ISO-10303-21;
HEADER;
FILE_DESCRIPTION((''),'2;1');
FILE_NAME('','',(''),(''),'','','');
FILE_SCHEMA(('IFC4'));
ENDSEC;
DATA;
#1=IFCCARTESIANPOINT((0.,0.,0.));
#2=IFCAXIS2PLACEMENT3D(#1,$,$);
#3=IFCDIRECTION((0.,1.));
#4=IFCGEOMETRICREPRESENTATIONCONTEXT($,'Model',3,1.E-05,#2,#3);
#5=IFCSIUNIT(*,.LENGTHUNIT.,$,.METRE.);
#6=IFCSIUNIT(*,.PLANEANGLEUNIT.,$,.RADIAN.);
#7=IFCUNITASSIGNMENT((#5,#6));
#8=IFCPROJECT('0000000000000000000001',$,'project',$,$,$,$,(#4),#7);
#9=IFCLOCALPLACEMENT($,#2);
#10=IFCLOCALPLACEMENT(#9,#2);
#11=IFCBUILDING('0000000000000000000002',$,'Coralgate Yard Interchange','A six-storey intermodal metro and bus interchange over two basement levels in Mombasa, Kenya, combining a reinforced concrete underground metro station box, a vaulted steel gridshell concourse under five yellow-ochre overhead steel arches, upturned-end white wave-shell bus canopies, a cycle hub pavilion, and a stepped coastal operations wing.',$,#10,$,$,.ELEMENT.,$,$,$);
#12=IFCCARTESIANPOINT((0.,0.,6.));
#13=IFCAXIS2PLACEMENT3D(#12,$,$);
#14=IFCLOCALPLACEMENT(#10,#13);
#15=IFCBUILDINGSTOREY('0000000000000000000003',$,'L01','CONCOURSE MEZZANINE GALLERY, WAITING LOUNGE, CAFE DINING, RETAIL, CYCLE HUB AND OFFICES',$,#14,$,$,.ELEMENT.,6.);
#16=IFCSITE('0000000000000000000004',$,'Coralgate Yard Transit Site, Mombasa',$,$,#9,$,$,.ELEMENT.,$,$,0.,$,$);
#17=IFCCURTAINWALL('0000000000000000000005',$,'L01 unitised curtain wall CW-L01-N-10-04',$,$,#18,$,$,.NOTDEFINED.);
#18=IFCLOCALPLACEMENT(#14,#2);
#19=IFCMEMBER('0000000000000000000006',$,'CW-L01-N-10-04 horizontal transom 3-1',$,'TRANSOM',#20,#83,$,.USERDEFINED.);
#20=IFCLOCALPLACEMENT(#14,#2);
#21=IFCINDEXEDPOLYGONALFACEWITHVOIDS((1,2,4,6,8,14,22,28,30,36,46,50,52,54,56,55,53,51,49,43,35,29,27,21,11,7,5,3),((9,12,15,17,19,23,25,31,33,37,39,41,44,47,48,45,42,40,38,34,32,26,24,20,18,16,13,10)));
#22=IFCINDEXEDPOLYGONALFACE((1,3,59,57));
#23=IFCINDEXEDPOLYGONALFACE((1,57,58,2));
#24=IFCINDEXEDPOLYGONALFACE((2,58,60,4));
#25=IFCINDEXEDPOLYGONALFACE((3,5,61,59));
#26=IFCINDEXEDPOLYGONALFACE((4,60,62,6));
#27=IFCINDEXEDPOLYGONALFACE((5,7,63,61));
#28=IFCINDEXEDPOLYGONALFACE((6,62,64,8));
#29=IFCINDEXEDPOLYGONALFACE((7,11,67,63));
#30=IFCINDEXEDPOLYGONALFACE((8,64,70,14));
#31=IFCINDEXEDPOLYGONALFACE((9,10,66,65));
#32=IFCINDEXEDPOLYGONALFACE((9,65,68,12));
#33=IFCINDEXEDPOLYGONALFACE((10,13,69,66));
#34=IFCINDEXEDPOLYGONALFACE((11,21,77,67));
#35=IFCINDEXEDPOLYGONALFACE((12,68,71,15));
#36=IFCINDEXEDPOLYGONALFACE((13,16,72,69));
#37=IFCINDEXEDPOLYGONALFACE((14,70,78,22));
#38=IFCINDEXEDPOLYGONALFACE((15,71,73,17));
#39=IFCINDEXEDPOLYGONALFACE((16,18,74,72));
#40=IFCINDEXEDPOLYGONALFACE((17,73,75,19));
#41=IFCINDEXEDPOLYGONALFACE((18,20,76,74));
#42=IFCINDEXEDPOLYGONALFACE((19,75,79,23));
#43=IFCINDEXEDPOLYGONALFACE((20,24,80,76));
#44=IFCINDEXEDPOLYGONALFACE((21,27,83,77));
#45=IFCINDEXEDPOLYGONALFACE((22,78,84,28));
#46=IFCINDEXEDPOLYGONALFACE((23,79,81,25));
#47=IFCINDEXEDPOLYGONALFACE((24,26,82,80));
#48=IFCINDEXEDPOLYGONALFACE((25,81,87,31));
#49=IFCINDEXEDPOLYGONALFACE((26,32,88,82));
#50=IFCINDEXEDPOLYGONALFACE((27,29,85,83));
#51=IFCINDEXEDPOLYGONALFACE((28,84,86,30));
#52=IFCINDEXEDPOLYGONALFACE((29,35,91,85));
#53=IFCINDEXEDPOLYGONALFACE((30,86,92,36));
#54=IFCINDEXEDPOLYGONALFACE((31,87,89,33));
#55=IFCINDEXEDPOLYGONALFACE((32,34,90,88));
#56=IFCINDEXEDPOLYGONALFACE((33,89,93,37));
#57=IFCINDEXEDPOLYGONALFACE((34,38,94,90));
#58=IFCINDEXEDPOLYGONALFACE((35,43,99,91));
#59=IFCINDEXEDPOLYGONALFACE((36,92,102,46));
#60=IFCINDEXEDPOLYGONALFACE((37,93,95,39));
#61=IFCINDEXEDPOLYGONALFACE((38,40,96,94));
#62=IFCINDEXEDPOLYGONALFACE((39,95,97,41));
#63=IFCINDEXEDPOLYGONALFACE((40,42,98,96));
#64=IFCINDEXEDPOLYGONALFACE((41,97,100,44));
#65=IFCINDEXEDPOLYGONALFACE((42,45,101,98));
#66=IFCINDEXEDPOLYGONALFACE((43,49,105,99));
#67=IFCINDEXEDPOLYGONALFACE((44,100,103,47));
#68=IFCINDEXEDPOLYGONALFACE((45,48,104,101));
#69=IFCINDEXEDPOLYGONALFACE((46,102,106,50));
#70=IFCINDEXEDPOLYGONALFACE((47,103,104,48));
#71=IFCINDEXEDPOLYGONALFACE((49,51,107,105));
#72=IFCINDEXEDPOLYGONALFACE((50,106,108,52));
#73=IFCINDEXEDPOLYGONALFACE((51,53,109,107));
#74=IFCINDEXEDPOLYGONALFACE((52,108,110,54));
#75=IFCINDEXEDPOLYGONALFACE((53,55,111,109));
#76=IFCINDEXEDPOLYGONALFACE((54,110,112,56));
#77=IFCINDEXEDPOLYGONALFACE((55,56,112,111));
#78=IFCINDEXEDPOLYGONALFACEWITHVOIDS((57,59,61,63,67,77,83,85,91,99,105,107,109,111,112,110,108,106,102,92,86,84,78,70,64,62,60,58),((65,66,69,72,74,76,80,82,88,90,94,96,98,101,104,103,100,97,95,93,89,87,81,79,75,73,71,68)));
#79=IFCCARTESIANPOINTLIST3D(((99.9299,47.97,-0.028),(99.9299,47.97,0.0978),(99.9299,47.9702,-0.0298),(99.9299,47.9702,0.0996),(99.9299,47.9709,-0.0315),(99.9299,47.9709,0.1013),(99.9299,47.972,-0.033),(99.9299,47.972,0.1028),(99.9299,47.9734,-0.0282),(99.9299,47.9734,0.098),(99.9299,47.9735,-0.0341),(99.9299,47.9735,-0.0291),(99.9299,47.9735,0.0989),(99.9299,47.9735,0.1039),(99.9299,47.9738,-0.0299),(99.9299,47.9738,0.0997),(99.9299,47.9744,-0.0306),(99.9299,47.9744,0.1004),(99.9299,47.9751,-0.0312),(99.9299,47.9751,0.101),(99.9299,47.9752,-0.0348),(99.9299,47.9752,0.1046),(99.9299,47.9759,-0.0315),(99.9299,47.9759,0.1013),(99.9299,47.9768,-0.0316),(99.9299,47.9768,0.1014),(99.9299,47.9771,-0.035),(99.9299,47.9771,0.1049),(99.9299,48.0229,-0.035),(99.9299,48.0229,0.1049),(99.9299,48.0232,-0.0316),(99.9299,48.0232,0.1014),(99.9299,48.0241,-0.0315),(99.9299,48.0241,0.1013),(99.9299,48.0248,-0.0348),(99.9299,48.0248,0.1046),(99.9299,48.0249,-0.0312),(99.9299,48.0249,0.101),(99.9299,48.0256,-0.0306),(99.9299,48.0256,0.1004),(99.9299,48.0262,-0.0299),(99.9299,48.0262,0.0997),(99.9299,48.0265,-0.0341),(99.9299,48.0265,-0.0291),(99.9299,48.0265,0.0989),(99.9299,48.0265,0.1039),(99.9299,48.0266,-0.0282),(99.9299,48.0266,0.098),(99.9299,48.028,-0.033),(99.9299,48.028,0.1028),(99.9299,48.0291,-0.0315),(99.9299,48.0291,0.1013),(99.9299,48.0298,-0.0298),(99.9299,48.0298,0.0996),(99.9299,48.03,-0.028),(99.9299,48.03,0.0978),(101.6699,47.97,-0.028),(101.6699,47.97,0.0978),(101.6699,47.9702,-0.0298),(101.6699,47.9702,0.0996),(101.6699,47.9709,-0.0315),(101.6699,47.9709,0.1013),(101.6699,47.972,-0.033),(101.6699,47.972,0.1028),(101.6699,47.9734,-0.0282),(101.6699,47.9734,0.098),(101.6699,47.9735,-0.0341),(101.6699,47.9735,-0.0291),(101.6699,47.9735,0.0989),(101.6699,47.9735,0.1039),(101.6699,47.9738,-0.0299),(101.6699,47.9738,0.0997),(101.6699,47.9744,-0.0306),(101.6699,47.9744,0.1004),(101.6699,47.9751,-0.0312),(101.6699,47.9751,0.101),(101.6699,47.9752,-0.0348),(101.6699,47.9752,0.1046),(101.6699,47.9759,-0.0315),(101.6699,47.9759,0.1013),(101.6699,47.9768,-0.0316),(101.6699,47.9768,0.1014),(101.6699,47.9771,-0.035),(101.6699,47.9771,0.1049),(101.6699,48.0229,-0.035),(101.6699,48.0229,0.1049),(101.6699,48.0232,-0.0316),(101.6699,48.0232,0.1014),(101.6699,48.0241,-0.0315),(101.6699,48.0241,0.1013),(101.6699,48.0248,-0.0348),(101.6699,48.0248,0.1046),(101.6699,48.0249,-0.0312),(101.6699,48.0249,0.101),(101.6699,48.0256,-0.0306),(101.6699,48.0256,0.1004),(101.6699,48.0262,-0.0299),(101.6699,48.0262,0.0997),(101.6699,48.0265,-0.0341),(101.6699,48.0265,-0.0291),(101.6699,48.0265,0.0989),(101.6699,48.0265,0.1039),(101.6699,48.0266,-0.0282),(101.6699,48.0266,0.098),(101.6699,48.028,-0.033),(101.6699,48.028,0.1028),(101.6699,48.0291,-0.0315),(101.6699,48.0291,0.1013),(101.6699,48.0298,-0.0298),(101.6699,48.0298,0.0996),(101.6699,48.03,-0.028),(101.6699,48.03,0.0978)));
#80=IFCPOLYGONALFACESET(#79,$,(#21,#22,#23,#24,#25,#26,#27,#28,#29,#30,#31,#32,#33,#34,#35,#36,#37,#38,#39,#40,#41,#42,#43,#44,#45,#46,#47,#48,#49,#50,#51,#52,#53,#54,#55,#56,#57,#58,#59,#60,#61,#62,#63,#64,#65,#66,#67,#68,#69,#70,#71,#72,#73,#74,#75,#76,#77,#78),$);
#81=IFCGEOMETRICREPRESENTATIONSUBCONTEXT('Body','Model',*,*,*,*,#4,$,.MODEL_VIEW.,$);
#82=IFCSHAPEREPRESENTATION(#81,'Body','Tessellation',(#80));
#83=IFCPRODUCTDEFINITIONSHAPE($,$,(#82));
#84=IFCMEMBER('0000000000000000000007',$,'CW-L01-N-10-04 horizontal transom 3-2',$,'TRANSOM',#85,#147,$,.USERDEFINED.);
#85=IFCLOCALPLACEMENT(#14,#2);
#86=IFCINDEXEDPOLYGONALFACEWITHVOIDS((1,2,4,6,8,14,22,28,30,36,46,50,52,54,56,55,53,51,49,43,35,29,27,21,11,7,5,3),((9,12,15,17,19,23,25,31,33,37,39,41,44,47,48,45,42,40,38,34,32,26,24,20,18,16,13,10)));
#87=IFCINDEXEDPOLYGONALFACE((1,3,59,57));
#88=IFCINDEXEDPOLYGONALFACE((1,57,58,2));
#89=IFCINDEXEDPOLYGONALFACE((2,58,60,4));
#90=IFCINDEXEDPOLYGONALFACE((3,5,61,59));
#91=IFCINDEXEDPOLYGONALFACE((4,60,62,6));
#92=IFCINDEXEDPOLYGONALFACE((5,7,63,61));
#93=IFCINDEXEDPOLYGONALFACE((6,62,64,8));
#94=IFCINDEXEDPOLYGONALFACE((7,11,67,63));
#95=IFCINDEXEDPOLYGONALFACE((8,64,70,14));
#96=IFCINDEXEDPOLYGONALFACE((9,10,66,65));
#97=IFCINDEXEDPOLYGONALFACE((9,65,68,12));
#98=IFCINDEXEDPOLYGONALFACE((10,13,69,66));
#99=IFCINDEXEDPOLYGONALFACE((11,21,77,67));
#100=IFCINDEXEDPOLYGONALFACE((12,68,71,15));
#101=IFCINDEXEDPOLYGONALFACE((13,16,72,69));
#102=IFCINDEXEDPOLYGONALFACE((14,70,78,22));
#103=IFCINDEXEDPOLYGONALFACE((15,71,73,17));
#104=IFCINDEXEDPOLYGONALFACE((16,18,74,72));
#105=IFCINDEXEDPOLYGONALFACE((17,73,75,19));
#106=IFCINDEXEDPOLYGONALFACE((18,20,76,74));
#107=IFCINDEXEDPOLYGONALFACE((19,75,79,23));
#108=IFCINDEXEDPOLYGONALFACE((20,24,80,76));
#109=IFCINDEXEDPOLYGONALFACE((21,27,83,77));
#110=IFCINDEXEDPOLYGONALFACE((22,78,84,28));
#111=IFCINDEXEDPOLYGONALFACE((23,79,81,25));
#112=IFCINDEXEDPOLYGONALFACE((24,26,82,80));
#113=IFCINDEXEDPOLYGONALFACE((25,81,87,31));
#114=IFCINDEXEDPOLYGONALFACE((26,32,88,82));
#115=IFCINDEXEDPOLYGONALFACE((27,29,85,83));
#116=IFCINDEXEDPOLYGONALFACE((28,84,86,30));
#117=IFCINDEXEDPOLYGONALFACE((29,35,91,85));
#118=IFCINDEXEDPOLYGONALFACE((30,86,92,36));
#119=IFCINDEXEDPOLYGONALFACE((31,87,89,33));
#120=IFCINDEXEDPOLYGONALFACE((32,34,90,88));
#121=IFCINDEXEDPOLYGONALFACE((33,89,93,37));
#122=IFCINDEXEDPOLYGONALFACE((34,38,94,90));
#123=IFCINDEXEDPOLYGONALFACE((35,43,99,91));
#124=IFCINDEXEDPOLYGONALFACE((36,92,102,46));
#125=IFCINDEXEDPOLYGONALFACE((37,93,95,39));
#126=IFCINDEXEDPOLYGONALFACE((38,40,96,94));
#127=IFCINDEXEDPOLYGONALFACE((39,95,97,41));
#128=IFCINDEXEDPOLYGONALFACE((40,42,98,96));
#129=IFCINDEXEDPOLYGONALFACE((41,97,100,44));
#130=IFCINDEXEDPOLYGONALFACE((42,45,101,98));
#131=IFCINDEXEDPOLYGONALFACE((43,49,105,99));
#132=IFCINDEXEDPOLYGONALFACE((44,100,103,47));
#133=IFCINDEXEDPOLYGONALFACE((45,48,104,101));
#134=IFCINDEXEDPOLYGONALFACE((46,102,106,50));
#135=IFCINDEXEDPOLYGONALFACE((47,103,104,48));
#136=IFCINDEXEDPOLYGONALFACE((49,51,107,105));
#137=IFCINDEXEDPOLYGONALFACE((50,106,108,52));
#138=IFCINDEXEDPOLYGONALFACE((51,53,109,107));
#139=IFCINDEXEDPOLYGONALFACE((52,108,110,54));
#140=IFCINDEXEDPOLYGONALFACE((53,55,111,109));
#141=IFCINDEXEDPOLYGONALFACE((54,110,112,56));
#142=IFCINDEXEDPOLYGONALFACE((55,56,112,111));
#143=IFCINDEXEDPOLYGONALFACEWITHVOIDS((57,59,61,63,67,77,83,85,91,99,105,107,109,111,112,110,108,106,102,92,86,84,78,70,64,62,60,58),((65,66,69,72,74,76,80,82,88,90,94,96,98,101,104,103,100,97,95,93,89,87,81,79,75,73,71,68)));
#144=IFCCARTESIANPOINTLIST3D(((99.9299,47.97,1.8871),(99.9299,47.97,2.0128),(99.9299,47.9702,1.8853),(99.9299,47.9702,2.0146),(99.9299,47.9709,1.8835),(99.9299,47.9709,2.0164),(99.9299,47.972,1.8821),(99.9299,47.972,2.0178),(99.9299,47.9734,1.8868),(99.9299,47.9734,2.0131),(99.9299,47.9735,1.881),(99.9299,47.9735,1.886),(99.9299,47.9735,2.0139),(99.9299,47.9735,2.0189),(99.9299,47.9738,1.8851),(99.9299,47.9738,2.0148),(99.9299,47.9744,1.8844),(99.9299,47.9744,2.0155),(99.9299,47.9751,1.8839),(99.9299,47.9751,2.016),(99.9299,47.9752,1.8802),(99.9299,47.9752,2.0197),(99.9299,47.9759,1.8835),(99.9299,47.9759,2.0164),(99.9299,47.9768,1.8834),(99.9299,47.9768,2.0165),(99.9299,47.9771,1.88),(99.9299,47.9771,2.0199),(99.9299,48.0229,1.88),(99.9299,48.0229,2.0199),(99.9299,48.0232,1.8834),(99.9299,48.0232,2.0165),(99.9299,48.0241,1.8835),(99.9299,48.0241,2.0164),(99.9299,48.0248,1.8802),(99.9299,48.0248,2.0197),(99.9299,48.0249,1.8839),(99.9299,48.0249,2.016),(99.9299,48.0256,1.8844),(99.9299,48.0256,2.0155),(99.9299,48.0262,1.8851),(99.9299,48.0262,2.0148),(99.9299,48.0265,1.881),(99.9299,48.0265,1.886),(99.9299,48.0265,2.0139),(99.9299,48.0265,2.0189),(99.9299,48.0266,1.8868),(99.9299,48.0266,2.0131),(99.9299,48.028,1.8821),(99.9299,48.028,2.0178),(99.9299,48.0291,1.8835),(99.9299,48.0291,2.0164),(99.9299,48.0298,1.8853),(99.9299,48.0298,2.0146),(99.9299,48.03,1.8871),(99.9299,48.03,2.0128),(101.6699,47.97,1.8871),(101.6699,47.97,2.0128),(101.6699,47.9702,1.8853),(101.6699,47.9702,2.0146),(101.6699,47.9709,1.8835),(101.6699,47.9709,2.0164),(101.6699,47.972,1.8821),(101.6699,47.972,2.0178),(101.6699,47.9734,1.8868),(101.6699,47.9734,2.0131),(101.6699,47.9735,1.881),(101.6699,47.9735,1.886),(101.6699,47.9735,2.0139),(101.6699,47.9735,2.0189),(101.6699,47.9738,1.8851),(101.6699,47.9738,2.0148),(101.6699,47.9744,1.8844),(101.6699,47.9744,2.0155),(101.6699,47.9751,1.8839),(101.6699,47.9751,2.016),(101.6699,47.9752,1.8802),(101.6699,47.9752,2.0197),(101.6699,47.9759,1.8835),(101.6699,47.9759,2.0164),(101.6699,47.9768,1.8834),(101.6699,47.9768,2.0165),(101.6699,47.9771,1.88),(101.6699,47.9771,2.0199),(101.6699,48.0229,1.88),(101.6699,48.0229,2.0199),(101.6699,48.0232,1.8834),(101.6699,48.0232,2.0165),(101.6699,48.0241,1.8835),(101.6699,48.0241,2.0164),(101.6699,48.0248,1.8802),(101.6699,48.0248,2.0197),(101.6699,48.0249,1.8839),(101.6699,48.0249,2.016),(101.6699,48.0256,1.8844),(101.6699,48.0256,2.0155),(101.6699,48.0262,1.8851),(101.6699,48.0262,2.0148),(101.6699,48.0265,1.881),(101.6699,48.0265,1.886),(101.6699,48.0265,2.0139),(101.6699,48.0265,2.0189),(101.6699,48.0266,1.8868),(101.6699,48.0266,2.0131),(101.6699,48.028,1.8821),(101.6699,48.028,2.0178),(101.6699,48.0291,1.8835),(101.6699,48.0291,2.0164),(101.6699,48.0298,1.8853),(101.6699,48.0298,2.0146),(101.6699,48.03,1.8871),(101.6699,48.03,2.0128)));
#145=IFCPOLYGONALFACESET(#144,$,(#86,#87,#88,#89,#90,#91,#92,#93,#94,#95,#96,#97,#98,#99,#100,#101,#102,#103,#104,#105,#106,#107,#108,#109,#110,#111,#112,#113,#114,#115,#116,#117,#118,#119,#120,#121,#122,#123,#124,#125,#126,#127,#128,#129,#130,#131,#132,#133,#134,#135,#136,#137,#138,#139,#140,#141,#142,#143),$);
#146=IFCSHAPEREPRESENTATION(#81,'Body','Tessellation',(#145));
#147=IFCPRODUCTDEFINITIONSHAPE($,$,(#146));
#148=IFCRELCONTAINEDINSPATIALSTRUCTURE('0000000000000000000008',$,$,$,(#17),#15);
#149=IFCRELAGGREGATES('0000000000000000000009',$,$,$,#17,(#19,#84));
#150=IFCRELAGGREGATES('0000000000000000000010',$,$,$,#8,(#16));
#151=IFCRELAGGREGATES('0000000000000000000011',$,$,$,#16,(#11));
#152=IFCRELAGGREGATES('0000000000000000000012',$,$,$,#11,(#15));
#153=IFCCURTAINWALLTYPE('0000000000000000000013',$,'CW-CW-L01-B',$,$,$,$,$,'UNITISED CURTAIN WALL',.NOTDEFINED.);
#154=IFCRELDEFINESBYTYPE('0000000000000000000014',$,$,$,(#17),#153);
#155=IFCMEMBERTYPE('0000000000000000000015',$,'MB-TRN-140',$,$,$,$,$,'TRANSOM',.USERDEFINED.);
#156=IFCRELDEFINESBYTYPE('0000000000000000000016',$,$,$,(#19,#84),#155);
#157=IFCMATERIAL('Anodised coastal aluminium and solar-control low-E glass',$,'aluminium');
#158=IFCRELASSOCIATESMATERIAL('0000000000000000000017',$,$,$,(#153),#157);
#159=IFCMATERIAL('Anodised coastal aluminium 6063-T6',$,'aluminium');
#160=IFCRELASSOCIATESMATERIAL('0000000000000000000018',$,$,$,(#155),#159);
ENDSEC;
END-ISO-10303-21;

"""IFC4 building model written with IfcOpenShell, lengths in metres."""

from ifc_helpers import new_model, si_unit, direction, frame, origin, origin_2d, place, context, subcontext, project, spatial, hollow_rectangle, extrude, material, material_profile, profile_set, type_object, element, aggregate, save


model = new_model("IFC4")

# Units and contexts
model_context = context("Model", 3, precision=1e-05, world=origin(), true_north=direction((0.0, 1.0)))
body_context = subcontext(model_context, "Body", "Model", "MODEL_VIEW")
ifc_project = project(units=[si_unit("LENGTHUNIT", "METRE"), si_unit("PLANEANGLEUNIT", "RADIAN")], contexts=[model_context])

# Site, building, storey
site_placement = place(None, origin())
site = spatial("IfcSite", under=ifc_project, at=site_placement, Name="Coralgate Yard Transit Site, Mombasa", CompositionType="ELEMENT", RefElevation=0.0)
building_placement = place(site_placement, origin())
building = spatial("IfcBuilding", under=site, at=building_placement, Name="Coralgate Yard Interchange", Description="A six-storey intermodal metro and bus interchange over two basement levels in Mombasa, Kenya, combining a reinforced concrete underground metro station box, a vaulted steel gridshell concourse under five yellow-ochre overhead steel arches, upturned-end white wave-shell bus canopies, a cycle hub pavilion, and a stepped coastal operations wing.", CompositionType="ELEMENT")
storey_placement = place(building_placement, frame((0.0, 0.0, 6.0)))
storey = spatial("IfcBuildingStorey", under=building, at=storey_placement, Name="L01", Description="CONCOURSE MEZZANINE GALLERY, WAITING LOUNGE, CAFE DINING, RETAIL, CYCLE HUB AND OFFICES", CompositionType="ELEMENT", Elevation=6.0)

# Curtain wall
ifc_material_1 = material(Name="Anodised coastal aluminium and solar-control low-E glass", Category="aluminium")
ifc_material_2 = material(Name="Anodised coastal aluminium 6063-T6", Category="aluminium")
curtain_wall_type_1 = type_object("IfcCurtainWallType", Name="CW-CW-L01-B", ElementType="UNITISED CURTAIN WALL", PredefinedType="NOTDEFINED", material=ifc_material_1)
curtain_wall_1_placement = place(storey_placement, origin())
curtain_wall_1 = element("IfcCurtainWall", 1, at=curtain_wall_1_placement, inside=storey, type_object=curtain_wall_type_1, Name="L01 unitised curtain wall CW-L01-N-10-04", PredefinedType="NOTDEFINED")

# Members
ifc_material_profile_1 = material_profile(ifc_material_2, hollow_rectangle(XDim=0.0601, YDim=0.1399, WallThickness=0.0034, InnerFilletRadius=0.0034, OuterFilletRadius=0.0071, at=origin_2d()), Name="ALU 60x140x3.5")
ifc_profile_set_1 = profile_set([ifc_material_profile_1], Name="Anodised coastal aluminium 6063-T6")
member_type_1 = type_object("IfcMemberType", Name="MB-TRN-140", ElementType="TRANSOM", PredefinedType="USERDEFINED", material=ifc_profile_set_1)
member_1_placement = place(storey_placement, frame((99.9299, 48.0, 0.0349), z_axis=(1.0, 0.0, 0.0), x_axis=(0.0, 1.0, 0.0)))
member_1 = element("IfcMember", 2, at=member_1_placement, type_object=member_type_1, Name="CW-L01-N-10-04 horizontal transom 3-1", ObjectType="TRANSOM", PredefinedType="USERDEFINED", context=body_context, shape_type="SweptSolid", body=[
    extrude(hollow_rectangle(XDim=0.0601, YDim=0.1399, WallThickness=0.0034, InnerFilletRadius=0.0034, OuterFilletRadius=0.0071, at=origin_2d()), origin(), (0.0, 0.0, 1.0), 1.74),
])
member_2_placement = place(storey_placement, frame((99.9299, 48.0, 1.95), z_axis=(1.0, 0.0, 0.0), x_axis=(0.0, 1.0, 0.0)))
member_2 = element("IfcMember", 3, at=member_2_placement, type_object=member_type_1, Name="CW-L01-N-10-04 horizontal transom 3-2", ObjectType="TRANSOM", PredefinedType="USERDEFINED", context=body_context, shape_type="SweptSolid", body=[
    extrude(hollow_rectangle(XDim=0.0601, YDim=0.1399, WallThickness=0.0034, InnerFilletRadius=0.0034, OuterFilletRadius=0.0071, at=origin_2d()), origin(), (0.0, 0.0, 1.0), 1.74),
])

aggregate(curtain_wall_1, [member_1, member_2])

save(model, "model.ifc")
